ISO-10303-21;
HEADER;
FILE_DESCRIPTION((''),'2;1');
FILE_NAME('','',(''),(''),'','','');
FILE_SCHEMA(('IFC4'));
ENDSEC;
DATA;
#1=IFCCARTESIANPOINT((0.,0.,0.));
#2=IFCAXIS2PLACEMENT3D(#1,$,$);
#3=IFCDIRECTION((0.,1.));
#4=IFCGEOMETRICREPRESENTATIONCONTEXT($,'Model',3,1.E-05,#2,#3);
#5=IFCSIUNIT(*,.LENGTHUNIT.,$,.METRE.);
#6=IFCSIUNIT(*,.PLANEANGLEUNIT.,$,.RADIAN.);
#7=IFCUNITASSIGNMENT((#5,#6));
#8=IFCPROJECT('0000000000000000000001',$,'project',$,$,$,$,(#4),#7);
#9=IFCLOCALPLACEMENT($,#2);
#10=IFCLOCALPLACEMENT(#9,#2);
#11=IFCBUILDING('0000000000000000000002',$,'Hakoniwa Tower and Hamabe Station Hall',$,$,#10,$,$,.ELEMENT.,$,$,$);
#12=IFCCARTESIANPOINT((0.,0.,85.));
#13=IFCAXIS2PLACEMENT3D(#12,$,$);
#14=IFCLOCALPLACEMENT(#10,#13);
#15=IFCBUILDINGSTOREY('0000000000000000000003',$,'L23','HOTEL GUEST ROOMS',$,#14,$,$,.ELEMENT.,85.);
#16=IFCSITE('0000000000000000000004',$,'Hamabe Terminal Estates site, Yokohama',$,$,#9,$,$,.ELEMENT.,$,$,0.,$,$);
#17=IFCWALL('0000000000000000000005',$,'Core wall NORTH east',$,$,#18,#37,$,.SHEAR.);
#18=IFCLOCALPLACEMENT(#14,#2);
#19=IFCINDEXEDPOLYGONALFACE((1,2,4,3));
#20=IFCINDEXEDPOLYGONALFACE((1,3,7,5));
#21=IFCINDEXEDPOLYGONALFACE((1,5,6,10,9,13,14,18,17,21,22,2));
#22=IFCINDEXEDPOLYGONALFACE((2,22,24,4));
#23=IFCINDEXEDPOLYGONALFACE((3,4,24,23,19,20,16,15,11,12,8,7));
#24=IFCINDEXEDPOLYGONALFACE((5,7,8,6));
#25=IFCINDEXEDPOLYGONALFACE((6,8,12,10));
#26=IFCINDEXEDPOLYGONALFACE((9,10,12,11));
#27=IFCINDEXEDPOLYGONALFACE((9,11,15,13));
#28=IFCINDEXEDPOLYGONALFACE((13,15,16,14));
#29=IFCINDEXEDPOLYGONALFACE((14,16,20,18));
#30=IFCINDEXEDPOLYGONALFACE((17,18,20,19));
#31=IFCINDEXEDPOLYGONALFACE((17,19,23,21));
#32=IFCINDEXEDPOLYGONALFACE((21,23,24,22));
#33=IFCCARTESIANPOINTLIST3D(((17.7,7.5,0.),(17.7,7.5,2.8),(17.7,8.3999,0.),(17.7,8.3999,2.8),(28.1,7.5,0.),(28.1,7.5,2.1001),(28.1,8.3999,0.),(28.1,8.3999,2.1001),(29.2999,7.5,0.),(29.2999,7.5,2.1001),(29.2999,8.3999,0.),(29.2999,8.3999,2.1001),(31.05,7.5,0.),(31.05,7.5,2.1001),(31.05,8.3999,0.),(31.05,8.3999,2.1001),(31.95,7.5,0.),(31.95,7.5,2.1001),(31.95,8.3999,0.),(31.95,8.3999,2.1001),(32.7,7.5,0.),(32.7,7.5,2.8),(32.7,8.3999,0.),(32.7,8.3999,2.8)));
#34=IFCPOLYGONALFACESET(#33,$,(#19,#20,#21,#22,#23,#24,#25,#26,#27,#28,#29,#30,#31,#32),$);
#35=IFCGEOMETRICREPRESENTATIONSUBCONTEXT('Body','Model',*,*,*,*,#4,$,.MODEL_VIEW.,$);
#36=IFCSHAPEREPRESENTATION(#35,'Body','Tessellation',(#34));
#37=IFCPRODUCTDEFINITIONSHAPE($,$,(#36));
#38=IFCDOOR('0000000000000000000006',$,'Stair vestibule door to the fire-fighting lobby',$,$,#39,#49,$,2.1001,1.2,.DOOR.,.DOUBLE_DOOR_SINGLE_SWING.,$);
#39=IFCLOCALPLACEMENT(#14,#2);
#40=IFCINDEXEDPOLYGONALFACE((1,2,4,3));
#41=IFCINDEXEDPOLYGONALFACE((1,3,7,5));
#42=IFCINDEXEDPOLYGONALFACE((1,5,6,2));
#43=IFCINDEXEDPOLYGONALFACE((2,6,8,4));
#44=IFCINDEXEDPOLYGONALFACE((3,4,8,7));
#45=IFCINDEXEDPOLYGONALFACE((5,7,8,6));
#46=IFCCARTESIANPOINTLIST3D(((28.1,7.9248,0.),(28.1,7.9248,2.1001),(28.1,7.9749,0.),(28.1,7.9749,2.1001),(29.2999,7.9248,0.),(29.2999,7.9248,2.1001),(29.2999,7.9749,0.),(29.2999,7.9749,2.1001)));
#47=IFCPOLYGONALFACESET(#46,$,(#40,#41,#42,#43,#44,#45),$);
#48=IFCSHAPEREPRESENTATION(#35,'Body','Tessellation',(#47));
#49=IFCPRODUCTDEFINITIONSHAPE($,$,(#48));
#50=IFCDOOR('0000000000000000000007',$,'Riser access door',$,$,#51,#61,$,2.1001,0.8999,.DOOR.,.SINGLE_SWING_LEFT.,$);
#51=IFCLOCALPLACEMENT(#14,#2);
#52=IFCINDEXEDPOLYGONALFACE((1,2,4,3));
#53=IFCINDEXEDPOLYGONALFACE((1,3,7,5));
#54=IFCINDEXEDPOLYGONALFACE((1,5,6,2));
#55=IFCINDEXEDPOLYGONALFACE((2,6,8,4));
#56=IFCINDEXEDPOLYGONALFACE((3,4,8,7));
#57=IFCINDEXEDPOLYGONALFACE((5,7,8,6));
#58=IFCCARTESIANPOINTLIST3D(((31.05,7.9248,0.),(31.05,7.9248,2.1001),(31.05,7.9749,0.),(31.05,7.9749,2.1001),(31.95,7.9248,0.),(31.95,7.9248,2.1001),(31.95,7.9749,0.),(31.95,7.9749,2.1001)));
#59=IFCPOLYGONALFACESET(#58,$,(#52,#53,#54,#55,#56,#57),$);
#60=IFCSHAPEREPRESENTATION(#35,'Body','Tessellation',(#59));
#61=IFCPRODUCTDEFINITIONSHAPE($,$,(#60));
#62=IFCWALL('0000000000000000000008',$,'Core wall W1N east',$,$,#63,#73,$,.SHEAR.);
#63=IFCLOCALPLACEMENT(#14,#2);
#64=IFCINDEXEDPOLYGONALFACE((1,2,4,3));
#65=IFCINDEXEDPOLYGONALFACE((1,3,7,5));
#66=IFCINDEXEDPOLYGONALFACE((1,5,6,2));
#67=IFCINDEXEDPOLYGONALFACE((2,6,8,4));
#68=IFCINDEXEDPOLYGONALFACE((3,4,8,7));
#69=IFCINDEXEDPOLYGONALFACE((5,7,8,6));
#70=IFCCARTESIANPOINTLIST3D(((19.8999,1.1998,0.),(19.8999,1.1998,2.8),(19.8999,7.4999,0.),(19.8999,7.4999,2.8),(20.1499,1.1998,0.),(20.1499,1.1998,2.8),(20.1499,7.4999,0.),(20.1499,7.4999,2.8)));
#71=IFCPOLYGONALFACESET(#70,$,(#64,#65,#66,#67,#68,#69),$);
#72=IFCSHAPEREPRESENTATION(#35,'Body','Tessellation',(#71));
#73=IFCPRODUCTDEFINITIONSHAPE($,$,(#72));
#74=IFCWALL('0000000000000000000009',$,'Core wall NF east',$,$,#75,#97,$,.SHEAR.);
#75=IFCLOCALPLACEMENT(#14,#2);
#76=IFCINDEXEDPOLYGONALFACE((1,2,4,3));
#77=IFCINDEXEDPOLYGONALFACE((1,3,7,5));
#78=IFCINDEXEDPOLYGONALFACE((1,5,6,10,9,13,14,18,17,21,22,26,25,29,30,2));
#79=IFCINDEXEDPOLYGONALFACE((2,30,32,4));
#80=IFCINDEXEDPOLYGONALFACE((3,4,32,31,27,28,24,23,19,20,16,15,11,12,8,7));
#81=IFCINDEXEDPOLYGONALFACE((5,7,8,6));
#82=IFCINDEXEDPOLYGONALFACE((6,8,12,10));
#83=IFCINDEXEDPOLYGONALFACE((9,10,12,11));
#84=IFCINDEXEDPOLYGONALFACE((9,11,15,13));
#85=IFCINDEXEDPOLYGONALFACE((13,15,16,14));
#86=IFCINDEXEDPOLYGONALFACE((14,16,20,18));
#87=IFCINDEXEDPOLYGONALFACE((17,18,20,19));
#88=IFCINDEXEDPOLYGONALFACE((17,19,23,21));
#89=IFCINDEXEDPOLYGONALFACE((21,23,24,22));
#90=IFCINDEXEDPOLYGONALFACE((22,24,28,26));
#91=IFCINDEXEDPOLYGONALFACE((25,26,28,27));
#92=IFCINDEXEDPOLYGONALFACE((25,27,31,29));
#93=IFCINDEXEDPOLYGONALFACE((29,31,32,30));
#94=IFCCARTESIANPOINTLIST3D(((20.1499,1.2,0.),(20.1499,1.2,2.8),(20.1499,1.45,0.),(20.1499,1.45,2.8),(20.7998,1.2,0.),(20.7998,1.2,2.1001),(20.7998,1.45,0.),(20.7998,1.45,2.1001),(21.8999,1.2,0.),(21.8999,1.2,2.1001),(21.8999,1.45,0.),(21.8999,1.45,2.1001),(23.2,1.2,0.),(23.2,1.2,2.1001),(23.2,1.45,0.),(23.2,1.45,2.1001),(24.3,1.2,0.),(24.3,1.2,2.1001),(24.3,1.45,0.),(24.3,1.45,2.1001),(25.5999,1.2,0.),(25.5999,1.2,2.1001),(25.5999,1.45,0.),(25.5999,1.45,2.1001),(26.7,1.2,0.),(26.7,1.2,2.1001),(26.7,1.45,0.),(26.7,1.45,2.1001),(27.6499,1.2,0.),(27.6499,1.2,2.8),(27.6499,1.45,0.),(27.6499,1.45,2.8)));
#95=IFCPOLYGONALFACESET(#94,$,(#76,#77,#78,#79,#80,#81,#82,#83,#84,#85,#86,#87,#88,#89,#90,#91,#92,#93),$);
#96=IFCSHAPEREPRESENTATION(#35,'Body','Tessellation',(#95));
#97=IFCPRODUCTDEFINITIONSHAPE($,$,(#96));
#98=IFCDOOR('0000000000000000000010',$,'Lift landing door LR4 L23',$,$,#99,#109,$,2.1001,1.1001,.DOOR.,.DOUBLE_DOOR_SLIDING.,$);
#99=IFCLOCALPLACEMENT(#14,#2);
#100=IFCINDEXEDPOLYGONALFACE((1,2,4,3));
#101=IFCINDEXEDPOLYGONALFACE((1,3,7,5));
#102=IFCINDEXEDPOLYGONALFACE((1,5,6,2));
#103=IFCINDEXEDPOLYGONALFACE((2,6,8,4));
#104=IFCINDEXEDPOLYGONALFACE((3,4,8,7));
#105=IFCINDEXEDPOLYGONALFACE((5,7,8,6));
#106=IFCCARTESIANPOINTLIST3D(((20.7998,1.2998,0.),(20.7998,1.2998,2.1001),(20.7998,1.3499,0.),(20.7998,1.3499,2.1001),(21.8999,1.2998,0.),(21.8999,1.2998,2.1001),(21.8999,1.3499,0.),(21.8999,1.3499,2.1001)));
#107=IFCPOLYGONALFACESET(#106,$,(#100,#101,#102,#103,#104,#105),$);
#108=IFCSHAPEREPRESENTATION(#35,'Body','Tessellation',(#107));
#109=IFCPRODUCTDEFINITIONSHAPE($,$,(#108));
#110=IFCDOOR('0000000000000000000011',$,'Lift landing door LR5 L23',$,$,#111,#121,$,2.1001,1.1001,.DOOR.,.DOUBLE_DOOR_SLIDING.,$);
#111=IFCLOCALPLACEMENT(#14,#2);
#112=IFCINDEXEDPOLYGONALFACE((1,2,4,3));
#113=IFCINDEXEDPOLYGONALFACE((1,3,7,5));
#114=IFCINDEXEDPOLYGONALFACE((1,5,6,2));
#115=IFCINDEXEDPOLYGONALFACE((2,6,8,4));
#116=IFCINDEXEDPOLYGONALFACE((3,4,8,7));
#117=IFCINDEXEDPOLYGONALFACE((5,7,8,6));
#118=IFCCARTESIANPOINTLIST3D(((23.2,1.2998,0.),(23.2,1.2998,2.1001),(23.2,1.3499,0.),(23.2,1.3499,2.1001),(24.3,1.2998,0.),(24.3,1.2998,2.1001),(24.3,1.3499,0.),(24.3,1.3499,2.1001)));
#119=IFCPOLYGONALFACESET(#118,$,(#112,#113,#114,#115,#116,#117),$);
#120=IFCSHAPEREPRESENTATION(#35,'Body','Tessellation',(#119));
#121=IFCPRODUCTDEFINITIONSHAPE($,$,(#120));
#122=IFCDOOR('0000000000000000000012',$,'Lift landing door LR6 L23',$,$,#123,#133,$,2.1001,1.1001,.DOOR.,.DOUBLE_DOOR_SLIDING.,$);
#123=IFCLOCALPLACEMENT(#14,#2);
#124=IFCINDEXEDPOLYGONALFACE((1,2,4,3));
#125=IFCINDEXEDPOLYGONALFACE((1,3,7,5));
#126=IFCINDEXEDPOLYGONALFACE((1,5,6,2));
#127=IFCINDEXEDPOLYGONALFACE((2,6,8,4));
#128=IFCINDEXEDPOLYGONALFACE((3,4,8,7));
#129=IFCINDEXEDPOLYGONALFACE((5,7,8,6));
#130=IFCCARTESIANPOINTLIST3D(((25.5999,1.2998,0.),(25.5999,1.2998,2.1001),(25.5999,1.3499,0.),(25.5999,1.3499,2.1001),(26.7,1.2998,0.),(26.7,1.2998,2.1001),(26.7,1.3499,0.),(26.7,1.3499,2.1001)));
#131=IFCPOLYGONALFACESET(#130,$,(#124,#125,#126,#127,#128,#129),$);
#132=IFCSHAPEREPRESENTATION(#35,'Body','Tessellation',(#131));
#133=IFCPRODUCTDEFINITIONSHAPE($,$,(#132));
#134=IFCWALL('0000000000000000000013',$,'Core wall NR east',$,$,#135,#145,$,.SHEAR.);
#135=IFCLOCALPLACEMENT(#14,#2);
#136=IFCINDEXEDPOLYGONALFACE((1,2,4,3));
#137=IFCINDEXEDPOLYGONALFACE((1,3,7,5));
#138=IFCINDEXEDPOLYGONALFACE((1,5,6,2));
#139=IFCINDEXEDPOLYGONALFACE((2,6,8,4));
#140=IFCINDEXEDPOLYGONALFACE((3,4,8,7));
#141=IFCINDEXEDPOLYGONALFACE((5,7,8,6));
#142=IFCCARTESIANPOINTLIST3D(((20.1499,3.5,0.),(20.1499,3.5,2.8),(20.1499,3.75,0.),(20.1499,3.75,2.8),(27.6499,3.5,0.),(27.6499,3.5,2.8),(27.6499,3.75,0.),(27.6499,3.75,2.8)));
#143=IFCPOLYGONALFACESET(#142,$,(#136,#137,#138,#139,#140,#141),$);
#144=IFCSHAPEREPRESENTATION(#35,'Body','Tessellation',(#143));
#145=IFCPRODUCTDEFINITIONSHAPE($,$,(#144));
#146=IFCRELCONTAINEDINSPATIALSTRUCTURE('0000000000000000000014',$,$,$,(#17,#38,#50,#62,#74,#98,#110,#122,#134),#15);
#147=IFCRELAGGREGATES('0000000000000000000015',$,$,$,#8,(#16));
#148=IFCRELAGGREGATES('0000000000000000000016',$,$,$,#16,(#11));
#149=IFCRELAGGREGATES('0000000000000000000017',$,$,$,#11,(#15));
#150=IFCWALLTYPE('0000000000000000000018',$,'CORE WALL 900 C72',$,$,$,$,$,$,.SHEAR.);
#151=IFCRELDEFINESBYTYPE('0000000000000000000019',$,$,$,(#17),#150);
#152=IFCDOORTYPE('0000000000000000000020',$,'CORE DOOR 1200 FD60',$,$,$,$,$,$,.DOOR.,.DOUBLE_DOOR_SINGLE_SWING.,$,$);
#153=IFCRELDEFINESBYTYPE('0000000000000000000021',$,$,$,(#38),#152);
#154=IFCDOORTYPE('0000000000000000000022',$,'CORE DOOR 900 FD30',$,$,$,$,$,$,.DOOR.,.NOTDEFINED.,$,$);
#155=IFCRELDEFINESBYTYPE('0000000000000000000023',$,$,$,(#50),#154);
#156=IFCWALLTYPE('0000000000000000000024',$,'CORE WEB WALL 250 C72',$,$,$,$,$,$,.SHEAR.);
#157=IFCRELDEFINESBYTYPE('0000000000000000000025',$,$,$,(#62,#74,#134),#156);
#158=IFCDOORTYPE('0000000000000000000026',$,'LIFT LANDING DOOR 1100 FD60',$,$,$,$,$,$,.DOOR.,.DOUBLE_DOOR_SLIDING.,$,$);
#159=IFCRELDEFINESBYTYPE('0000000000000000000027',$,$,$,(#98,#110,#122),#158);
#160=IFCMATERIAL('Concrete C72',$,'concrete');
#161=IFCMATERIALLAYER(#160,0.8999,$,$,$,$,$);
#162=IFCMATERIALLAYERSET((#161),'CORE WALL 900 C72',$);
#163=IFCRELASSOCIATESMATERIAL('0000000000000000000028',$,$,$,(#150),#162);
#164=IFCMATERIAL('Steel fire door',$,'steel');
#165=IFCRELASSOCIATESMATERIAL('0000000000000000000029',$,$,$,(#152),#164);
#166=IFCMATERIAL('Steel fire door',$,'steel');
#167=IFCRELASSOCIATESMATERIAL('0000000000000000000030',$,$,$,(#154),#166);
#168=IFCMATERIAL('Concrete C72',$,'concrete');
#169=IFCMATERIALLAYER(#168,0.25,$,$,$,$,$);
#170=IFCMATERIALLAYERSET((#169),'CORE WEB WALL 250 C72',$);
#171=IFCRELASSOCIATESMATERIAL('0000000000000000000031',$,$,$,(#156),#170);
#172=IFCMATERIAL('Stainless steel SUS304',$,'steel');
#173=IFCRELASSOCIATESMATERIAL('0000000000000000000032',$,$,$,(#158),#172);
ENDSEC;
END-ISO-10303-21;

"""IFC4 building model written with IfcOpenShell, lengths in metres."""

from ifc_helpers import new_model, si_unit, direction, frame, frame_2d, origin, place, context, subcontext, project, spatial, rectangle, extrude, material, layer, layer_set, type_object, element, fill, save


model = new_model("IFC4")

# Units and contexts
model_context = context("Model", 3, precision=1e-05, world=origin(), true_north=direction((0.0, 1.0)))
body_context = subcontext(model_context, "Body", "Model", "MODEL_VIEW")
ifc_project = project(units=[si_unit("LENGTHUNIT", "METRE"), si_unit("PLANEANGLEUNIT", "RADIAN")], contexts=[model_context])

# Site, building, storey
site_placement = place(None, origin())
site = spatial("IfcSite", under=ifc_project, at=site_placement, Name="Hamabe Terminal Estates site, Yokohama", CompositionType="ELEMENT", RefElevation=0.0)
building_placement = place(site_placement, origin())
building = spatial("IfcBuilding", under=site, at=building_placement, Name="Hakoniwa Tower and Hamabe Station Hall", CompositionType="ELEMENT")
storey_placement = place(building_placement, frame((0.0, 0.0, 85.0)))
storey = spatial("IfcBuildingStorey", under=building, at=storey_placement, Name="L23", Description="HOTEL GUEST ROOMS", CompositionType="ELEMENT", Elevation=85.0)

# Wall, openings, doors
ifc_material_1 = material(Name="Concrete C72", Category="concrete")
ifc_layer_1 = layer(ifc_material_1, 0.8999)
ifc_layer_set_1 = layer_set([ifc_layer_1], Name="CORE WALL 900 C72")
wall_type_1 = type_object("IfcWallType", Name="CORE WALL 900 C72", PredefinedType="SHEAR", material=ifc_layer_set_1)
wall_1_placement = place(storey_placement, frame((17.7, 7.95, 0.0), z_axis=(0.0, 0.0, 1.0), x_axis=(1.0, 0.0, 0.0)))
wall_1 = element("IfcWall", 1, at=wall_1_placement, inside=storey, type_object=wall_type_1, Name="Core wall NORTH east", PredefinedType="SHEAR", context=body_context, shape_type="SweptSolid", body=[
    extrude(rectangle(XDim=15.0, YDim=0.8999, at=frame_2d((7.5, 0.0))), origin(), (0.0, 0.0, 1.0), 2.8),
])
opening_1_placement = place(wall_1_placement, frame((10.3999, 0.0, 0.0)))
opening_1 = element("IfcOpeningElement", 2, at=opening_1_placement, cuts=wall_1, PredefinedType="OPENING", context=body_context, shape_type="SweptSolid", body=[
    extrude(rectangle(XDim=1.2, YDim=2.1001, at=frame_2d((0.6001, 1.05))), frame((0.0, 0.46, 0.0), z_axis=(0.0, -1.0, 0.0), x_axis=(1.0, 0.0, 0.0)), (0.0, 0.0, 1.0), 0.9199),
])
opening_2_placement = place(wall_1_placement, frame((13.3501, 0.0, 0.0)))
opening_2 = element("IfcOpeningElement", 3, at=opening_2_placement, cuts=wall_1, PredefinedType="OPENING", context=body_context, shape_type="SweptSolid", body=[
    extrude(rectangle(XDim=0.8999, YDim=2.1001, at=frame_2d((0.45, 1.05))), frame((0.0, 0.46, 0.0), z_axis=(0.0, -1.0, 0.0), x_axis=(1.0, 0.0, 0.0)), (0.0, 0.0, 1.0), 0.9199),
])
ifc_material_2 = material(Name="Steel fire door", Category="steel")
door_type_1 = type_object("IfcDoorType", Name="CORE DOOR 1200 FD60", OperationType="DOUBLE_DOOR_SINGLE_SWING", PredefinedType="DOOR", material=ifc_material_2)
door_1_placement = place(opening_1_placement, origin())
door_1 = element("IfcDoor", 4, at=door_1_placement, inside=storey, type_object=door_type_1, Name="Stair vestibule door to the fire-fighting lobby", OperationType="DOUBLE_DOOR_SINGLE_SWING", OverallHeight=2.1001, OverallWidth=1.2, PredefinedType="DOOR", context=body_context, shape_type="SweptSolid", body=[
    extrude(rectangle(XDim=1.2, YDim=2.1001, at=frame_2d((0.6001, 1.05))), frame((0.0, 0.0249, 0.0), z_axis=(0.0, -1.0, 0.0), x_axis=(1.0, 0.0, 0.0)), (0.0, 0.0, 1.0), 0.05),
])
fill(opening_1, door_1)
ifc_material_3 = material(Name="Steel fire door", Category="steel")
door_type_2 = type_object("IfcDoorType", Name="CORE DOOR 900 FD30", OperationType="NOTDEFINED", PredefinedType="DOOR", material=ifc_material_3)
door_2_placement = place(opening_2_placement, origin())
door_2 = element("IfcDoor", 5, at=door_2_placement, inside=storey, type_object=door_type_2, Name="Riser access door", OperationType="SINGLE_SWING_LEFT", OverallHeight=2.1001, OverallWidth=0.8999, PredefinedType="DOOR", context=body_context, shape_type="SweptSolid", body=[
    extrude(rectangle(XDim=0.8999, YDim=2.1001, at=frame_2d((0.45, 1.05))), frame((0.0, 0.0249, 0.0), z_axis=(0.0, -1.0, 0.0), x_axis=(1.0, 0.0, 0.0)), (0.0, 0.0, 1.0), 0.05),
])
fill(opening_2, door_2)

# Wall
ifc_material_4 = material(Name="Concrete C72", Category="concrete")
ifc_layer_2 = layer(ifc_material_4, 0.25)
ifc_layer_set_2 = layer_set([ifc_layer_2], Name="CORE WEB WALL 250 C72")
wall_type_2 = type_object("IfcWallType", Name="CORE WEB WALL 250 C72", PredefinedType="SHEAR", material=ifc_layer_set_2)
wall_2_placement = place(storey_placement, frame((20.0249, 1.2, 0.0), z_axis=(0.0, 0.0, 1.0), x_axis=(0.0, 1.0, 0.0)))
element("IfcWall", 6, at=wall_2_placement, inside=storey, type_object=wall_type_2, Name="Core wall W1N east", PredefinedType="SHEAR", context=body_context, shape_type="SweptSolid", body=[
    extrude(rectangle(XDim=6.3, YDim=0.25, at=frame_2d((3.1499, 0.0))), origin(), (0.0, 0.0, 1.0), 2.8),
])

# Wall, openings, doors
wall_3_placement = place(storey_placement, frame((20.1499, 1.325, 0.0), z_axis=(0.0, 0.0, 1.0), x_axis=(1.0, 0.0, 0.0)))
wall_3 = element("IfcWall", 7, at=wall_3_placement, inside=storey, type_object=wall_type_2, Name="Core wall NF east", PredefinedType="SHEAR", context=body_context, shape_type="SweptSolid", body=[
    extrude(rectangle(XDim=7.5, YDim=0.25, at=frame_2d((3.75, 0.0))), origin(), (0.0, 0.0, 1.0), 2.8),
])
opening_3_placement = place(wall_3_placement, frame((0.6499, 0.0, 0.0)))
opening_3 = element("IfcOpeningElement", 8, at=opening_3_placement, cuts=wall_3, PredefinedType="OPENING", context=body_context, shape_type="SweptSolid", body=[
    extrude(rectangle(XDim=1.1001, YDim=2.1001, at=frame_2d((0.55, 1.05))), frame((0.0, 0.135, 0.0), z_axis=(0.0, -1.0, 0.0), x_axis=(1.0, 0.0, 0.0)), (0.0, 0.0, 1.0), 0.27),
])
opening_4_placement = place(wall_3_placement, frame((3.05, 0.0, 0.0)))
opening_4 = element("IfcOpeningElement", 9, at=opening_4_placement, cuts=wall_3, PredefinedType="OPENING", context=body_context, shape_type="SweptSolid", body=[
    extrude(rectangle(XDim=1.1001, YDim=2.1001, at=frame_2d((0.55, 1.05))), frame((0.0, 0.135, 0.0), z_axis=(0.0, -1.0, 0.0), x_axis=(1.0, 0.0, 0.0)), (0.0, 0.0, 1.0), 0.27),
])
opening_5_placement = place(wall_3_placement, frame((5.45, 0.0, 0.0)))
opening_5 = element("IfcOpeningElement", 10, at=opening_5_placement, cuts=wall_3, PredefinedType="OPENING", context=body_context, shape_type="SweptSolid", body=[
    extrude(rectangle(XDim=1.1001, YDim=2.1001, at=frame_2d((0.55, 1.05))), frame((0.0, 0.135, 0.0), z_axis=(0.0, -1.0, 0.0), x_axis=(1.0, 0.0, 0.0)), (0.0, 0.0, 1.0), 0.27),
])
ifc_material_5 = material(Name="Stainless steel SUS304", Category="steel")
door_type_3 = type_object("IfcDoorType", Name="LIFT LANDING DOOR 1100 FD60", OperationType="DOUBLE_DOOR_SLIDING", PredefinedType="DOOR", material=ifc_material_5)
door_3_placement = place(opening_3_placement, origin())
door_3 = element("IfcDoor", 11, at=door_3_placement, inside=storey, type_object=door_type_3, Name="Lift landing door LR4 L23", OperationType="DOUBLE_DOOR_SLIDING", OverallHeight=2.1001, OverallWidth=1.1001, PredefinedType="DOOR", context=body_context, shape_type="SweptSolid", body=[
    extrude(rectangle(XDim=1.1001, YDim=2.1001, at=frame_2d((0.55, 1.05))), frame((0.0, 0.0249, 0.0), z_axis=(0.0, -1.0, 0.0), x_axis=(1.0, 0.0, 0.0)), (0.0, 0.0, 1.0), 0.05),
])
fill(opening_3, door_3)
door_4_placement = place(opening_4_placement, origin())
door_4 = element("IfcDoor", 12, at=door_4_placement, inside=storey, type_object=door_type_3, Name="Lift landing door LR5 L23", OperationType="DOUBLE_DOOR_SLIDING", OverallHeight=2.1001, OverallWidth=1.1001, PredefinedType="DOOR", context=body_context, shape_type="SweptSolid", body=[
    extrude(rectangle(XDim=1.1001, YDim=2.1001, at=frame_2d((0.55, 1.05))), frame((0.0, 0.0249, 0.0), z_axis=(0.0, -1.0, 0.0), x_axis=(1.0, 0.0, 0.0)), (0.0, 0.0, 1.0), 0.05),
])
fill(opening_4, door_4)
door_5_placement = place(opening_5_placement, origin())
door_5 = element("IfcDoor", 13, at=door_5_placement, inside=storey, type_object=door_type_3, Name="Lift landing door LR6 L23", OperationType="DOUBLE_DOOR_SLIDING", OverallHeight=2.1001, OverallWidth=1.1001, PredefinedType="DOOR", context=body_context, shape_type="SweptSolid", body=[
    extrude(rectangle(XDim=1.1001, YDim=2.1001, at=frame_2d((0.55, 1.05))), frame((0.0, 0.0249, 0.0), z_axis=(0.0, -1.0, 0.0), x_axis=(1.0, 0.0, 0.0)), (0.0, 0.0, 1.0), 0.05),
])
fill(opening_5, door_5)

# Wall
wall_4_placement = place(storey_placement, frame((20.1499, 3.625, 0.0), z_axis=(0.0, 0.0, 1.0), x_axis=(1.0, 0.0, 0.0)))
element("IfcWall", 14, at=wall_4_placement, inside=storey, type_object=wall_type_2, Name="Core wall NR east", PredefinedType="SHEAR", context=body_context, shape_type="SweptSolid", body=[
    extrude(rectangle(XDim=7.5, YDim=0.25, at=frame_2d((3.75, 0.0))), origin(), (0.0, 0.0, 1.0), 2.8),
])

save(model, "model.ifc")
